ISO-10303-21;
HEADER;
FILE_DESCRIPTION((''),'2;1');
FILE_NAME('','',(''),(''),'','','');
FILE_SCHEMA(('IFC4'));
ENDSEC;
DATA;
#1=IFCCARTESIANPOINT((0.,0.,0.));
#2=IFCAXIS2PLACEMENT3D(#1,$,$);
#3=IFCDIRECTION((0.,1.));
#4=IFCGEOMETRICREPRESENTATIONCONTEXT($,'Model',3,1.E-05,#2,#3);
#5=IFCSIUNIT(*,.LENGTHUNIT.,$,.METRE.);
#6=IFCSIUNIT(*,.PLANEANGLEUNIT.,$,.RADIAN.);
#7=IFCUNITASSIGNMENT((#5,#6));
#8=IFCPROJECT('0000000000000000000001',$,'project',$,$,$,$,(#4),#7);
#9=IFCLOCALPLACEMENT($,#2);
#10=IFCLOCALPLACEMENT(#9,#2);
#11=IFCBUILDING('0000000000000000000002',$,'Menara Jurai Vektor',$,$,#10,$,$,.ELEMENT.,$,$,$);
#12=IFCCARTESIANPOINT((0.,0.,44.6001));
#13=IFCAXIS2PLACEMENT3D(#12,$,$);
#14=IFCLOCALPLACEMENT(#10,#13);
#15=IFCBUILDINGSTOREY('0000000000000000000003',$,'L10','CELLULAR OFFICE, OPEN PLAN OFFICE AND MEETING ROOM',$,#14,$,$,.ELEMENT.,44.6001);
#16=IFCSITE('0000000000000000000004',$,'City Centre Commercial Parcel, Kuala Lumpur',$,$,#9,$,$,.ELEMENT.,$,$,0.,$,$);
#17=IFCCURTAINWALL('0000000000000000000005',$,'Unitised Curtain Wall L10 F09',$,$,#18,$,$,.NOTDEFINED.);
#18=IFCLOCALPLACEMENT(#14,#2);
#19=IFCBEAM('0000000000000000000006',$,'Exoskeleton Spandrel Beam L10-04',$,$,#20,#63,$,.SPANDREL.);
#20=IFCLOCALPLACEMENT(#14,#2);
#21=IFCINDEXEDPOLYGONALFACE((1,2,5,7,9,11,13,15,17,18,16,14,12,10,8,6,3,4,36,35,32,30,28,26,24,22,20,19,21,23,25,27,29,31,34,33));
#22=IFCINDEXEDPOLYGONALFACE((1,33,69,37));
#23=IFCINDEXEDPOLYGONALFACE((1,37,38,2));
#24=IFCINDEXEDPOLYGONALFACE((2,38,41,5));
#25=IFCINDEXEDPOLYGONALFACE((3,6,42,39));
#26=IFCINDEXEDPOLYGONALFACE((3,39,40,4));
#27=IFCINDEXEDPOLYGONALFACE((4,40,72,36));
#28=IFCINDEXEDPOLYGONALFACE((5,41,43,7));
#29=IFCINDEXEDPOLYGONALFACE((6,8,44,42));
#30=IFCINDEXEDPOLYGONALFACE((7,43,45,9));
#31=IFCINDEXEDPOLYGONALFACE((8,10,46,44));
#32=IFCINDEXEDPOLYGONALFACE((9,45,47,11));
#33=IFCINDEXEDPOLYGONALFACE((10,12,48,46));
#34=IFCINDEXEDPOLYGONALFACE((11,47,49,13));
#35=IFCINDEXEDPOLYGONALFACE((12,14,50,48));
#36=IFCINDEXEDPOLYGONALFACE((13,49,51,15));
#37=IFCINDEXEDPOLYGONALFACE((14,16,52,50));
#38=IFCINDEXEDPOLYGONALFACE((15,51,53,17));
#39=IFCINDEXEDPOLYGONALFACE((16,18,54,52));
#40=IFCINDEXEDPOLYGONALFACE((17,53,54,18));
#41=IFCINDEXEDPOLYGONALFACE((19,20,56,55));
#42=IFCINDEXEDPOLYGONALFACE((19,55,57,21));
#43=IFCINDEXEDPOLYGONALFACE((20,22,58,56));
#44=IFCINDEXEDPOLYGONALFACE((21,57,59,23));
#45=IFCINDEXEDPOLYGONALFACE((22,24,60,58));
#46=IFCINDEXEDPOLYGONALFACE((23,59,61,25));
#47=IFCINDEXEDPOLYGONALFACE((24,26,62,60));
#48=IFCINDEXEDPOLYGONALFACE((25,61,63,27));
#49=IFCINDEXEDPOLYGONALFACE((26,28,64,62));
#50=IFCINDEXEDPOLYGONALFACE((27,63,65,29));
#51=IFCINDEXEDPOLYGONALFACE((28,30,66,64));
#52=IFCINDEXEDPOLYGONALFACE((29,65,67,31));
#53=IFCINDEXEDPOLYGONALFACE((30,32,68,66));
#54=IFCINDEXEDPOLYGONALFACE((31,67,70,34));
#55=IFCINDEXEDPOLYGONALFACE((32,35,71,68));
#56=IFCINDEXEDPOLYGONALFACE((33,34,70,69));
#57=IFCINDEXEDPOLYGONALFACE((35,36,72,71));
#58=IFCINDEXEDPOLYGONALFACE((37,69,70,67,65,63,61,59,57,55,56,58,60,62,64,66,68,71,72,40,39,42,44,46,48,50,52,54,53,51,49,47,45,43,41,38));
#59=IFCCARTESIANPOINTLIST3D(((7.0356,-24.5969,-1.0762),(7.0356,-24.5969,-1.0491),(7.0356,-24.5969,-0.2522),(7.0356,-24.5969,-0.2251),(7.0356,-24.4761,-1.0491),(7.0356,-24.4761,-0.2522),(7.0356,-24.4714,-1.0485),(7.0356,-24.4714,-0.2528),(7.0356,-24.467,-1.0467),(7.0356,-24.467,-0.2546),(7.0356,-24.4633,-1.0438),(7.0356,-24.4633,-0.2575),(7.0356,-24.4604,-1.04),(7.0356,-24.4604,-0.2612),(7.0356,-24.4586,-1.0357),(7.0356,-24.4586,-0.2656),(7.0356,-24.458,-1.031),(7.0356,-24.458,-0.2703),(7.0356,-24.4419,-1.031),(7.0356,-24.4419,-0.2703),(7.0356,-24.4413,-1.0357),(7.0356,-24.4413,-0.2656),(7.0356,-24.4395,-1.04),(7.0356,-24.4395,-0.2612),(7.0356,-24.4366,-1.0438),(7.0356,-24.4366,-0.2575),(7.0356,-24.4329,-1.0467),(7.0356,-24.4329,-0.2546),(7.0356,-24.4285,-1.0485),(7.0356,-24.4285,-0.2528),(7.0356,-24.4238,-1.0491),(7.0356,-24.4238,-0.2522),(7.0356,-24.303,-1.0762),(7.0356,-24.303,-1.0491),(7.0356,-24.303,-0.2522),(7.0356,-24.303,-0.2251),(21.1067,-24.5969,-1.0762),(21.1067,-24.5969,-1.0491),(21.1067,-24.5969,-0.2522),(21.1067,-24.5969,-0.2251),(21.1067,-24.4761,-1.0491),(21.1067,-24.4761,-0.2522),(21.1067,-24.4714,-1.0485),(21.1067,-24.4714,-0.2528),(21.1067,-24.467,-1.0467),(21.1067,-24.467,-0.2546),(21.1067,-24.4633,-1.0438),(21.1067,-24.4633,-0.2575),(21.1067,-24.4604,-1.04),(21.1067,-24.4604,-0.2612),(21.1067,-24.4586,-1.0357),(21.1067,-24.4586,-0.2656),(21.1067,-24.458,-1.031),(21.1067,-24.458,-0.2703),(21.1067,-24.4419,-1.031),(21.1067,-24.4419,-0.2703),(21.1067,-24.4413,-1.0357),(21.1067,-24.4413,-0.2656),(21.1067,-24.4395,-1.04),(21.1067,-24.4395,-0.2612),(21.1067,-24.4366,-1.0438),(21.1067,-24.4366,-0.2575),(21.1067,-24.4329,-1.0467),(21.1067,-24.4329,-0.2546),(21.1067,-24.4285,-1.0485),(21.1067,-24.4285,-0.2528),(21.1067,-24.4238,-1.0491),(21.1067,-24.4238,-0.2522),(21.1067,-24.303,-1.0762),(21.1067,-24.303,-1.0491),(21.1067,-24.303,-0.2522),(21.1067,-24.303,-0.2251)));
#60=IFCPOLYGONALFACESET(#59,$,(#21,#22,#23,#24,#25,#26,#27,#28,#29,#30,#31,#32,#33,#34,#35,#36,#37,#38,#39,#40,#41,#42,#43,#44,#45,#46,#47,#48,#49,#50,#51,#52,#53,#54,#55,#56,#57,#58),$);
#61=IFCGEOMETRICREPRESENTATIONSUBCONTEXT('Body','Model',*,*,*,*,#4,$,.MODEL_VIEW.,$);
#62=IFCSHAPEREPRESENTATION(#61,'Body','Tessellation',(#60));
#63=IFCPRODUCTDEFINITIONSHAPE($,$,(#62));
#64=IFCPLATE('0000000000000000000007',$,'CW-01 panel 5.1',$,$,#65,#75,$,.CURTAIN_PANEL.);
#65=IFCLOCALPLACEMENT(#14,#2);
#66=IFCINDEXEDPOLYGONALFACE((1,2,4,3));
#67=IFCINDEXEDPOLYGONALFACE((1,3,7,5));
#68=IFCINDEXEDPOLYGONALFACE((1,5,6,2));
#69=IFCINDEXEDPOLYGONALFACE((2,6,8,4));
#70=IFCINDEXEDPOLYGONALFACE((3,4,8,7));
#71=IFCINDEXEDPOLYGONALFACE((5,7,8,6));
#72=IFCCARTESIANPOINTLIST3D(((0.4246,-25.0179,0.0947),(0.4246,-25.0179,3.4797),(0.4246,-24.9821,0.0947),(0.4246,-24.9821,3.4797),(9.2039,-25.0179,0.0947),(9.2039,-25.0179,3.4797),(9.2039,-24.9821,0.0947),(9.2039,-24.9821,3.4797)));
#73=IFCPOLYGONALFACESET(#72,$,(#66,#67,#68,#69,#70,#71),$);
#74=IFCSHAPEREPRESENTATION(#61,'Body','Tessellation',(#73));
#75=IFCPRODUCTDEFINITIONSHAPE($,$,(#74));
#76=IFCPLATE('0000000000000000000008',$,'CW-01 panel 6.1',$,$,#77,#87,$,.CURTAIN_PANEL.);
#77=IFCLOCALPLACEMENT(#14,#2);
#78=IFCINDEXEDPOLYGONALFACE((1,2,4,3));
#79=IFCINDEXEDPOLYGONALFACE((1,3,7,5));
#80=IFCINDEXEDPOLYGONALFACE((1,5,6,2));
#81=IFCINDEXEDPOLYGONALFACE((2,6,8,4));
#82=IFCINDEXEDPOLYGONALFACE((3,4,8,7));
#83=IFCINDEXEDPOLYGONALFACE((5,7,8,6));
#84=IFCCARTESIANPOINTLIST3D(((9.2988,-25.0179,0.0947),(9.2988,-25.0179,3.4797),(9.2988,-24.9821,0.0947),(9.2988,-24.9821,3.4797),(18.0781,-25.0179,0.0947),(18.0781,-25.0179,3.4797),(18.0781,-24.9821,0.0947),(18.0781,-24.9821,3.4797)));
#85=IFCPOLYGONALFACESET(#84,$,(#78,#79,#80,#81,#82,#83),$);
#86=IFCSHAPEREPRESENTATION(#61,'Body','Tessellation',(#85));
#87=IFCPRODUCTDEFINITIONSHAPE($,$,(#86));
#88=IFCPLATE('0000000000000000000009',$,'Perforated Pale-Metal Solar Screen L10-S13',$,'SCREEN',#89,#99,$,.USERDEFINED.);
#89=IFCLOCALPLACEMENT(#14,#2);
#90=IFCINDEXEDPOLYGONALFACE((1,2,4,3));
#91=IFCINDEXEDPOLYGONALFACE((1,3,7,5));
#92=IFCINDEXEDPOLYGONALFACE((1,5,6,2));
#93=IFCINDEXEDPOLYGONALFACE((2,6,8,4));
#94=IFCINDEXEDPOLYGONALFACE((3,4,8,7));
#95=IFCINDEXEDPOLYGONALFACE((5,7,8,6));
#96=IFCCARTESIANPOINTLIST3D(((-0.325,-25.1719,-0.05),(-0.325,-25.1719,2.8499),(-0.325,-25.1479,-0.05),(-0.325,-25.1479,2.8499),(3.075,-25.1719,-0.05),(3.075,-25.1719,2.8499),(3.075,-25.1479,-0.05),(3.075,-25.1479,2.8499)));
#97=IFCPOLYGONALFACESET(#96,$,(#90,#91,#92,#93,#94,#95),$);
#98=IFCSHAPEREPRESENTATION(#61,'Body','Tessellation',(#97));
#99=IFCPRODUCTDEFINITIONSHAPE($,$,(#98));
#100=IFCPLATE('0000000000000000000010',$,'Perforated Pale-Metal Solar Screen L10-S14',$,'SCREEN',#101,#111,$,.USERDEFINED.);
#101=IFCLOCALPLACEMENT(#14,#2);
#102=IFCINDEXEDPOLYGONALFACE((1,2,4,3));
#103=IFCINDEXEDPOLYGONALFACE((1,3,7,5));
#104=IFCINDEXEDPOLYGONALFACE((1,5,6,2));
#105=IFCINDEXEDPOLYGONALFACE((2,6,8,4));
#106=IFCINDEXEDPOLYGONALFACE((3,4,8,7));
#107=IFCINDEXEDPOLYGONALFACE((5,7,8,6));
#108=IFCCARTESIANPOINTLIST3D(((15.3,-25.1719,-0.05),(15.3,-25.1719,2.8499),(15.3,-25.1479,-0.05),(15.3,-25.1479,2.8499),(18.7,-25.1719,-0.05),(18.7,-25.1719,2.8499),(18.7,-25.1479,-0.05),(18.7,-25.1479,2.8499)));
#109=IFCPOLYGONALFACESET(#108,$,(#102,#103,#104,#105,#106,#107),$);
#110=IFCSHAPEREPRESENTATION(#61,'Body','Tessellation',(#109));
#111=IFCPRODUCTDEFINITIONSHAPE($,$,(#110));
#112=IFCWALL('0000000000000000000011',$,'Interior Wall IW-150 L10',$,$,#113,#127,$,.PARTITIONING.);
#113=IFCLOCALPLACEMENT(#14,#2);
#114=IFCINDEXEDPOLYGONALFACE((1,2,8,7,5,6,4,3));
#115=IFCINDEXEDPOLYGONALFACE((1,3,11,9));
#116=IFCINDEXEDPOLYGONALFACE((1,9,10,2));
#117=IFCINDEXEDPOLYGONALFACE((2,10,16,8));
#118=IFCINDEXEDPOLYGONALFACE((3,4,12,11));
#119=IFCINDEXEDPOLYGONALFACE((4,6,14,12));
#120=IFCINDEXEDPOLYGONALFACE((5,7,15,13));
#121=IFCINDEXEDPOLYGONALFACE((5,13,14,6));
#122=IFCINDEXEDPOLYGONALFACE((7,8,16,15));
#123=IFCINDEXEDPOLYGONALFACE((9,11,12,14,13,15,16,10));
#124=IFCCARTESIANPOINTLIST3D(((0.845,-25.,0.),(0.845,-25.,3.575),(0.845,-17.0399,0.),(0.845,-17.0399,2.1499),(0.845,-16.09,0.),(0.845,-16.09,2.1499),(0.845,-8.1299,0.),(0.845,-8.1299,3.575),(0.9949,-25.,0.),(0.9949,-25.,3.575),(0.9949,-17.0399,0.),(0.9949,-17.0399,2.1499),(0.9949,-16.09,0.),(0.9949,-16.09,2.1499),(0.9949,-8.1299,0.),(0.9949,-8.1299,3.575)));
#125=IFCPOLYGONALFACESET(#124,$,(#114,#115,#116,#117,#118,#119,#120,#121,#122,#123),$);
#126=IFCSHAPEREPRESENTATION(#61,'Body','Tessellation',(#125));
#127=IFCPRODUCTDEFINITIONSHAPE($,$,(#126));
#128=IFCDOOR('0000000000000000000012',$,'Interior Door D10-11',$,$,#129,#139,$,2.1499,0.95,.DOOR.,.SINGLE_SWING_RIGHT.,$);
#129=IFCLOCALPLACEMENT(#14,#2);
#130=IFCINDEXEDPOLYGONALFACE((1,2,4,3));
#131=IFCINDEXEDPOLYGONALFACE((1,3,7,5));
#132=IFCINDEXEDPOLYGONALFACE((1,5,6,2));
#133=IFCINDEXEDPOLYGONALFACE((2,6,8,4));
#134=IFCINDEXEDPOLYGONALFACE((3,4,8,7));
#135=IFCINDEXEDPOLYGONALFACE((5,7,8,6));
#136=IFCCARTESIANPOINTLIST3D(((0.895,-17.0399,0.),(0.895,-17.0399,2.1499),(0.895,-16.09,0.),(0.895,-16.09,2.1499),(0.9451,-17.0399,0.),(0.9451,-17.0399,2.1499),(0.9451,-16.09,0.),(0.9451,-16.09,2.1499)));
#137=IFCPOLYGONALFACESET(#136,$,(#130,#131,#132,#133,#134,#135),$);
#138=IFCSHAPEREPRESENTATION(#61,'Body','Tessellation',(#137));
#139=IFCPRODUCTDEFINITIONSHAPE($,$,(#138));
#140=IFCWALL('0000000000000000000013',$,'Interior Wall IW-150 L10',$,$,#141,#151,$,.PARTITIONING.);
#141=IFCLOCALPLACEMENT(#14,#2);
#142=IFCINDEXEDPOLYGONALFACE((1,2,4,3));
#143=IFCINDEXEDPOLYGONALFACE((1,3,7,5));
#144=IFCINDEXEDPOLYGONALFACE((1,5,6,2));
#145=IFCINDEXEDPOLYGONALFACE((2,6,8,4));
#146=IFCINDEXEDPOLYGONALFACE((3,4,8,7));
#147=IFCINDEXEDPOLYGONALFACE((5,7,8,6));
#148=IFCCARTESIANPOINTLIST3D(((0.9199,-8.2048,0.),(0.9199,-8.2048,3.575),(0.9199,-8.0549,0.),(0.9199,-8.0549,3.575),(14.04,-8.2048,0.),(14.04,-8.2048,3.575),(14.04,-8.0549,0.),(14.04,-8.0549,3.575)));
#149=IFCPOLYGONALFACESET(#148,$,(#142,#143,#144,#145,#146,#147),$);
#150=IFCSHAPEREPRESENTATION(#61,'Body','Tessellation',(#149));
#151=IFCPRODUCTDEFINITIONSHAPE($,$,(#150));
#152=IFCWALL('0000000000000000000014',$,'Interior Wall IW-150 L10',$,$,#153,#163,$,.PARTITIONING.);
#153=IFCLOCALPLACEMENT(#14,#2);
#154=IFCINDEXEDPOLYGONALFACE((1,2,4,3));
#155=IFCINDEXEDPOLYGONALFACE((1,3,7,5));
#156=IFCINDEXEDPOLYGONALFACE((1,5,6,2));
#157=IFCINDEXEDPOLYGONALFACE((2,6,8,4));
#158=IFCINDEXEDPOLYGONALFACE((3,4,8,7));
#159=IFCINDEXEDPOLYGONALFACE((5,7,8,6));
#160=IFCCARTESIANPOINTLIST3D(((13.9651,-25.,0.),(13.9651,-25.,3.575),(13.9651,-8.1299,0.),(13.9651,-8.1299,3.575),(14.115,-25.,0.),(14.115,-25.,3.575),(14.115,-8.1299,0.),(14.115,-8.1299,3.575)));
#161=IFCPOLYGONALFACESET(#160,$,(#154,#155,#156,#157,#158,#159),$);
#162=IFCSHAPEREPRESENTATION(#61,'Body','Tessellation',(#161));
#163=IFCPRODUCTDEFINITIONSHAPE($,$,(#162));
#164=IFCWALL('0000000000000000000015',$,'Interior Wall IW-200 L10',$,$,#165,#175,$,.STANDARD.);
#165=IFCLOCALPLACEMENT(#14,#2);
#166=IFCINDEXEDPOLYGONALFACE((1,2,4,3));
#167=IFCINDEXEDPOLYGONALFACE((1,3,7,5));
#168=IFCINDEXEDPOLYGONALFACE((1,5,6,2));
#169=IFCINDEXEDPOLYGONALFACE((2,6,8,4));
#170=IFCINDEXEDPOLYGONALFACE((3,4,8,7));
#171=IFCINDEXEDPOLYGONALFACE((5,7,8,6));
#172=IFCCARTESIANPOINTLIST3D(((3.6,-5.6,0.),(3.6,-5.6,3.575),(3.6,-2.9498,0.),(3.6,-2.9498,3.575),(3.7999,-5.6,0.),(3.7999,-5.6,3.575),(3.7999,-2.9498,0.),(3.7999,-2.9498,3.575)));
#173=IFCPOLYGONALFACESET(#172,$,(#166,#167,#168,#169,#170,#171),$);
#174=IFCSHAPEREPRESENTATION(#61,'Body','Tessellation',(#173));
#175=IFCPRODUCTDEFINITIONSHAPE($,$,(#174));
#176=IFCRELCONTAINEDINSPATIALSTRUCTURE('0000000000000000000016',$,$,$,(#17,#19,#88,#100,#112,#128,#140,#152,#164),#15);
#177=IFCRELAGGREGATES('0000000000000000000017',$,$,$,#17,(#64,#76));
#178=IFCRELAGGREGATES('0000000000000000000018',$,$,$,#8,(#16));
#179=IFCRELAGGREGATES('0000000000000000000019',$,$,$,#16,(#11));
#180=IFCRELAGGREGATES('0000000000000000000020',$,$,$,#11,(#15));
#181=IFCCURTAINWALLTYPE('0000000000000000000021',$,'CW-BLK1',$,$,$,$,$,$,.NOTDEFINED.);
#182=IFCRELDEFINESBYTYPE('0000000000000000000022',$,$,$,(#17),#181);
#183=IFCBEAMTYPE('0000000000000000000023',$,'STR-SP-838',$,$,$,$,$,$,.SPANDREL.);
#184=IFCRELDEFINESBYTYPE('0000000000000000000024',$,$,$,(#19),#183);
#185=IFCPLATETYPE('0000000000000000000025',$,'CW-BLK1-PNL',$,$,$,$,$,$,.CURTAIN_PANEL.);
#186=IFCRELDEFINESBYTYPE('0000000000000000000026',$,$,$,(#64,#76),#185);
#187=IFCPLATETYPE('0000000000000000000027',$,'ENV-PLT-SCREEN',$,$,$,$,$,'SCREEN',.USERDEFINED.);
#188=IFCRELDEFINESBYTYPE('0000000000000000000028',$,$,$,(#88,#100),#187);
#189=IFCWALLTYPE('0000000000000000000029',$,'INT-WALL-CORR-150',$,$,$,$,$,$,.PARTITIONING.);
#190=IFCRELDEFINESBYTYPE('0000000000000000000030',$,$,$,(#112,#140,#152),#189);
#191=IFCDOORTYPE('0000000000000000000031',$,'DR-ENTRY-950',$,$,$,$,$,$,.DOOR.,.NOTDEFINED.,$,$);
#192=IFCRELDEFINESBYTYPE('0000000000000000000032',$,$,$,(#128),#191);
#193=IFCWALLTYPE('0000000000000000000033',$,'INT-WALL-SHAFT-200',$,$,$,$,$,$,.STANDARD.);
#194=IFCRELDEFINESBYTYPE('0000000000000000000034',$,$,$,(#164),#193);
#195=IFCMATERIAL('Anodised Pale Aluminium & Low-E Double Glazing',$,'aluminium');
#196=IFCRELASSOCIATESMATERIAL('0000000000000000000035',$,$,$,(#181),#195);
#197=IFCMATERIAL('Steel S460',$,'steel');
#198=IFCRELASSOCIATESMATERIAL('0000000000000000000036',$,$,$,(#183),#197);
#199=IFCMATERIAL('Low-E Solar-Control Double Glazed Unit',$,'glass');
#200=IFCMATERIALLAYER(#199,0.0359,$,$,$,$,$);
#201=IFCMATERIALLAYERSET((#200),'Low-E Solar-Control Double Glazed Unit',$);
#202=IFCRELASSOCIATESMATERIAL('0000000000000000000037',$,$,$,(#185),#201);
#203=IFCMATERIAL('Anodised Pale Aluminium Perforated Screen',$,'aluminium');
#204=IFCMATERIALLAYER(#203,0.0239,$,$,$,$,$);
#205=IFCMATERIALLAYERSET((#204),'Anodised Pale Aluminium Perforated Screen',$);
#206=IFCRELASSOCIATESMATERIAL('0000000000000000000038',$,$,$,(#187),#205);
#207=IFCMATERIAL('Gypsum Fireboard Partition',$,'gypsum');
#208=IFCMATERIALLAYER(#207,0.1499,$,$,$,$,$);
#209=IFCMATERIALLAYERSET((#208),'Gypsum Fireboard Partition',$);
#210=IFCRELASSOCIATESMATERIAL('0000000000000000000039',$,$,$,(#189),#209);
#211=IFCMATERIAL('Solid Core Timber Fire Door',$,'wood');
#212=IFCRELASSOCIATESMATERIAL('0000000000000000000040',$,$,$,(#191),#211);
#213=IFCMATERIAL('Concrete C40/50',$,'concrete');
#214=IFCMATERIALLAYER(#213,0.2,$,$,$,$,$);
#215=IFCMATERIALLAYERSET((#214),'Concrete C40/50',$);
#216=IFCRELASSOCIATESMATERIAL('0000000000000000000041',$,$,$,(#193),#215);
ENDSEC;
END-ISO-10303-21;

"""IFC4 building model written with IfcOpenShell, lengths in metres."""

from ifc_helpers import new_model, si_unit, direction, frame, frame_2d, origin, origin_2d, place, context, subcontext, project, spatial, rectangle, i_section, extrude, material, layer, layer_set, material_profile, profile_set, type_object, element, fill, aggregate, save


model = new_model("IFC4")

# Units and contexts
model_context = context("Model", 3, precision=1e-05, world=origin(), true_north=direction((0.0, 1.0)))
body_context = subcontext(model_context, "Body", "Model", "MODEL_VIEW")
ifc_project = project(units=[si_unit("LENGTHUNIT", "METRE"), si_unit("PLANEANGLEUNIT", "RADIAN")], contexts=[model_context])

# Site, building, storey
site_placement = place(None, origin())
site = spatial("IfcSite", under=ifc_project, at=site_placement, Name="City Centre Commercial Parcel, Kuala Lumpur", CompositionType="ELEMENT", RefElevation=0.0)
building_placement = place(site_placement, origin())
building = spatial("IfcBuilding", under=site, at=building_placement, Name="Menara Jurai Vektor", CompositionType="ELEMENT")
storey_placement = place(building_placement, frame((0.0, 0.0, 44.6001)))
storey = spatial("IfcBuildingStorey", under=building, at=storey_placement, Name="L10", Description="CELLULAR OFFICE, OPEN PLAN OFFICE AND MEETING ROOM", CompositionType="ELEMENT", Elevation=44.6001)

# Shared definitions
ifc_material_1 = material(Name="Steel S460", Category="steel")

# Curtain wall
ifc_material_2 = material(Name="Anodised Pale Aluminium & Low-E Double Glazing", Category="aluminium")
curtain_wall_type = type_object("IfcCurtainWallType", Name="CW-BLK1", PredefinedType="NOTDEFINED", material=ifc_material_2)
curtain_wall_placement = place(storey_placement, origin())
curtain_wall = element("IfcCurtainWall", 1, at=curtain_wall_placement, inside=storey, type_object=curtain_wall_type, Name="Unitised Curtain Wall L10 F09", PredefinedType="NOTDEFINED")

# Beam
ifc_material_profile_1 = material_profile(ifc_material_1, i_section(OverallWidth=0.2939, OverallDepth=0.8511, WebThickness=0.0161, FlangeThickness=0.0271, FilletRadius=0.0181, at=origin_2d()), Name="UKB 838x292x226")
ifc_profile_set_1 = profile_set([ifc_material_profile_1], Name="Steel S460")
beam_type_1 = type_object("IfcBeamType", Name="STR-SP-838", PredefinedType="SPANDREL", material=ifc_profile_set_1)
beam_1_placement = place(storey_placement, frame((7.0356, -24.45, -0.6506), z_axis=(1.0, 0.0, 0.0), x_axis=(0.0, 1.0, 0.0)))
element("IfcBeam", 2, at=beam_1_placement, inside=storey, type_object=beam_type_1, Name="Exoskeleton Spandrel Beam L10-04", PredefinedType="SPANDREL", context=body_context, shape_type="SweptSolid", body=[
    extrude(i_section(OverallWidth=0.2939, OverallDepth=0.8511, WebThickness=0.0161, FlangeThickness=0.0271, FilletRadius=0.0181, at=origin_2d()), origin(), (0.0, 0.0, 1.0), 14.071),
])

# Plates
ifc_material_3 = material(Name="Low-E Solar-Control Double Glazed Unit", Category="glass")
ifc_layer_1 = layer(ifc_material_3, 0.0359)
ifc_layer_set_1 = layer_set([ifc_layer_1], Name="Low-E Solar-Control Double Glazed Unit")
plate_type_1 = type_object("IfcPlateType", Name="CW-BLK1-PNL", PredefinedType="CURTAIN_PANEL", material=ifc_layer_set_1)
plate_1_placement = place(storey_placement, frame((4.8142, -25.0, 0.0947), z_axis=(0.0, 0.0, 1.0), x_axis=(1.0, 0.0, 0.0)))
plate_1 = element("IfcPlate", 3, at=plate_1_placement, type_object=plate_type_1, Name="CW-01 panel 5.1", PredefinedType="CURTAIN_PANEL", context=body_context, shape_type="SweptSolid", body=[
    extrude(rectangle(XDim=8.7793, YDim=0.0359, at=origin_2d()), origin(), (0.0, 0.0, 1.0), 3.385),
])
plate_2_placement = place(storey_placement, frame((13.6885, -25.0, 0.0947), z_axis=(0.0, 0.0, 1.0), x_axis=(1.0, 0.0, 0.0)))
plate_2 = element("IfcPlate", 4, at=plate_2_placement, type_object=plate_type_1, Name="CW-01 panel 6.1", PredefinedType="CURTAIN_PANEL", context=body_context, shape_type="SweptSolid", body=[
    extrude(rectangle(XDim=8.7793, YDim=0.0359, at=origin_2d()), origin(), (0.0, 0.0, 1.0), 3.385),
])
aggregate(curtain_wall, [plate_1, plate_2])

# Plates
ifc_material_4 = material(Name="Anodised Pale Aluminium Perforated Screen", Category="aluminium")
ifc_layer_2 = layer(ifc_material_4, 0.0239)
ifc_layer_set_2 = layer_set([ifc_layer_2], Name="Anodised Pale Aluminium Perforated Screen")
plate_type_2 = type_object("IfcPlateType", Name="ENV-PLT-SCREEN", ElementType="SCREEN", PredefinedType="USERDEFINED", material=ifc_layer_set_2)
for number, where, z_axis, x_axis, name in (
    (5, (1.375, -25.1599, -0.05), (0.0, 0.0, 1.0), (1.0, 0.0, 0.0), "Perforated Pale-Metal Solar Screen L10-S13"),
    (6, (17.0, -25.1599, -0.05), (0.0, 0.0, 1.0), (1.0, 0.0, 0.0), "Perforated Pale-Metal Solar Screen L10-S14"),
):
    element("IfcPlate", number, at=place(storey_placement, frame(where, z_axis=z_axis, x_axis=x_axis)), inside=storey, type_object=plate_type_2, Name=name, ObjectType="SCREEN", PredefinedType="USERDEFINED", context=body_context, shape_type="SweptSolid", body=[
        extrude(rectangle(XDim=3.3999, YDim=0.0239, at=origin_2d()), origin(), (0.0, 0.0, 1.0), 2.8999),
    ])

# Wall, opening, door
ifc_material_5 = material(Name="Gypsum Fireboard Partition", Category="gypsum")
ifc_layer_3 = layer(ifc_material_5, 0.1499)
ifc_layer_set_3 = layer_set([ifc_layer_3], Name="Gypsum Fireboard Partition")
wall_type_1 = type_object("IfcWallType", Name="INT-WALL-CORR-150", PredefinedType="PARTITIONING", material=ifc_layer_set_3)
wall_1_placement = place(storey_placement, frame((0.9199, -25.0, 0.0), z_axis=(0.0, 0.0, 1.0), x_axis=(0.0, 1.0, 0.0)))
wall_1 = element("IfcWall", 7, at=wall_1_placement, inside=storey, type_object=wall_type_1, Name="Interior Wall IW-150 L10", PredefinedType="PARTITIONING", context=body_context, shape_type="SweptSolid", body=[
    extrude(rectangle(XDim=16.8701, YDim=0.1499, at=frame_2d((8.4351, 0.0))), origin(), (0.0, 0.0, 1.0), 3.575),
])
opening_1_placement = place(wall_1_placement, frame((7.96, 0.0, 0.0)))
opening_1 = element("IfcOpeningElement", 8, at=opening_1_placement, cuts=wall_1, PredefinedType="OPENING", context=body_context, shape_type="SweptSolid", body=[
    extrude(rectangle(XDim=0.95, YDim=2.1499, at=frame_2d((0.4751, 1.075))), frame((0.0, 0.085, 0.0), z_axis=(0.0, -1.0, 0.0), x_axis=(1.0, 0.0, 0.0)), (0.0, 0.0, 1.0), 0.1699),
])
ifc_material_6 = material(Name="Solid Core Timber Fire Door", Category="wood")
door_type = type_object("IfcDoorType", Name="DR-ENTRY-950", OperationType="NOTDEFINED", PredefinedType="DOOR", material=ifc_material_6)
door_1_placement = place(opening_1_placement, origin())
door_1 = element("IfcDoor", 9, at=door_1_placement, inside=storey, type_object=door_type, Name="Interior Door D10-11", OperationType="SINGLE_SWING_RIGHT", OverallHeight=2.1499, OverallWidth=0.95, PredefinedType="DOOR", context=body_context, shape_type="SweptSolid", body=[
    extrude(rectangle(XDim=0.95, YDim=2.1499, at=frame_2d((0.4751, 1.075))), frame((0.0, 0.0249, 0.0), z_axis=(0.0, -1.0, 0.0), x_axis=(1.0, 0.0, 0.0)), (0.0, 0.0, 1.0), 0.05),
])
fill(opening_1, door_1)

# Wall
wall_2_placement = place(storey_placement, frame((0.9199, -8.1299, 0.0), z_axis=(0.0, 0.0, 1.0), x_axis=(1.0, 0.0, 0.0)))
element("IfcWall", 10, at=wall_2_placement, inside=storey, type_object=wall_type_1, Name="Interior Wall IW-150 L10", PredefinedType="PARTITIONING", context=body_context, shape_type="SweptSolid", body=[
    extrude(rectangle(XDim=13.1201, YDim=0.1499, at=frame_2d((6.5601, 0.0))), origin(), (0.0, 0.0, 1.0), 3.575),
])

# Walls
wall_3_placement = place(storey_placement, frame((14.04, -25.0, 0.0), z_axis=(0.0, 0.0, 1.0), x_axis=(0.0, 1.0, 0.0)))
element("IfcWall", 11, at=wall_3_placement, inside=storey, type_object=wall_type_1, Name="Interior Wall IW-150 L10", PredefinedType="PARTITIONING", context=body_context, shape_type="SweptSolid", body=[
    extrude(rectangle(XDim=16.8701, YDim=0.1499, at=frame_2d((8.4351, 0.0))), origin(), (0.0, 0.0, 1.0), 3.575),
])
ifc_material_7 = material(Name="Concrete C40/50", Category="concrete")
ifc_layer_4 = layer(ifc_material_7, 0.2)
ifc_layer_set_4 = layer_set([ifc_layer_4], Name="Concrete C40/50")
wall_type_2 = type_object("IfcWallType", Name="INT-WALL-SHAFT-200", PredefinedType="STANDARD", material=ifc_layer_set_4)
wall_4_placement = place(storey_placement, frame((3.7, -5.6001, 0.0), z_axis=(0.0, 0.0, 1.0), x_axis=(0.0, 1.0, 0.0)))
element("IfcWall", 12, at=wall_4_placement, inside=storey, type_object=wall_type_2, Name="Interior Wall IW-200 L10", PredefinedType="STANDARD", context=body_context, shape_type="SweptSolid", body=[
    extrude(rectangle(XDim=2.6501, YDim=0.2, at=frame_2d((1.3252, 0.0))), origin(), (0.0, 0.0, 1.0), 3.575),
])

save(model, "model.ifc")
